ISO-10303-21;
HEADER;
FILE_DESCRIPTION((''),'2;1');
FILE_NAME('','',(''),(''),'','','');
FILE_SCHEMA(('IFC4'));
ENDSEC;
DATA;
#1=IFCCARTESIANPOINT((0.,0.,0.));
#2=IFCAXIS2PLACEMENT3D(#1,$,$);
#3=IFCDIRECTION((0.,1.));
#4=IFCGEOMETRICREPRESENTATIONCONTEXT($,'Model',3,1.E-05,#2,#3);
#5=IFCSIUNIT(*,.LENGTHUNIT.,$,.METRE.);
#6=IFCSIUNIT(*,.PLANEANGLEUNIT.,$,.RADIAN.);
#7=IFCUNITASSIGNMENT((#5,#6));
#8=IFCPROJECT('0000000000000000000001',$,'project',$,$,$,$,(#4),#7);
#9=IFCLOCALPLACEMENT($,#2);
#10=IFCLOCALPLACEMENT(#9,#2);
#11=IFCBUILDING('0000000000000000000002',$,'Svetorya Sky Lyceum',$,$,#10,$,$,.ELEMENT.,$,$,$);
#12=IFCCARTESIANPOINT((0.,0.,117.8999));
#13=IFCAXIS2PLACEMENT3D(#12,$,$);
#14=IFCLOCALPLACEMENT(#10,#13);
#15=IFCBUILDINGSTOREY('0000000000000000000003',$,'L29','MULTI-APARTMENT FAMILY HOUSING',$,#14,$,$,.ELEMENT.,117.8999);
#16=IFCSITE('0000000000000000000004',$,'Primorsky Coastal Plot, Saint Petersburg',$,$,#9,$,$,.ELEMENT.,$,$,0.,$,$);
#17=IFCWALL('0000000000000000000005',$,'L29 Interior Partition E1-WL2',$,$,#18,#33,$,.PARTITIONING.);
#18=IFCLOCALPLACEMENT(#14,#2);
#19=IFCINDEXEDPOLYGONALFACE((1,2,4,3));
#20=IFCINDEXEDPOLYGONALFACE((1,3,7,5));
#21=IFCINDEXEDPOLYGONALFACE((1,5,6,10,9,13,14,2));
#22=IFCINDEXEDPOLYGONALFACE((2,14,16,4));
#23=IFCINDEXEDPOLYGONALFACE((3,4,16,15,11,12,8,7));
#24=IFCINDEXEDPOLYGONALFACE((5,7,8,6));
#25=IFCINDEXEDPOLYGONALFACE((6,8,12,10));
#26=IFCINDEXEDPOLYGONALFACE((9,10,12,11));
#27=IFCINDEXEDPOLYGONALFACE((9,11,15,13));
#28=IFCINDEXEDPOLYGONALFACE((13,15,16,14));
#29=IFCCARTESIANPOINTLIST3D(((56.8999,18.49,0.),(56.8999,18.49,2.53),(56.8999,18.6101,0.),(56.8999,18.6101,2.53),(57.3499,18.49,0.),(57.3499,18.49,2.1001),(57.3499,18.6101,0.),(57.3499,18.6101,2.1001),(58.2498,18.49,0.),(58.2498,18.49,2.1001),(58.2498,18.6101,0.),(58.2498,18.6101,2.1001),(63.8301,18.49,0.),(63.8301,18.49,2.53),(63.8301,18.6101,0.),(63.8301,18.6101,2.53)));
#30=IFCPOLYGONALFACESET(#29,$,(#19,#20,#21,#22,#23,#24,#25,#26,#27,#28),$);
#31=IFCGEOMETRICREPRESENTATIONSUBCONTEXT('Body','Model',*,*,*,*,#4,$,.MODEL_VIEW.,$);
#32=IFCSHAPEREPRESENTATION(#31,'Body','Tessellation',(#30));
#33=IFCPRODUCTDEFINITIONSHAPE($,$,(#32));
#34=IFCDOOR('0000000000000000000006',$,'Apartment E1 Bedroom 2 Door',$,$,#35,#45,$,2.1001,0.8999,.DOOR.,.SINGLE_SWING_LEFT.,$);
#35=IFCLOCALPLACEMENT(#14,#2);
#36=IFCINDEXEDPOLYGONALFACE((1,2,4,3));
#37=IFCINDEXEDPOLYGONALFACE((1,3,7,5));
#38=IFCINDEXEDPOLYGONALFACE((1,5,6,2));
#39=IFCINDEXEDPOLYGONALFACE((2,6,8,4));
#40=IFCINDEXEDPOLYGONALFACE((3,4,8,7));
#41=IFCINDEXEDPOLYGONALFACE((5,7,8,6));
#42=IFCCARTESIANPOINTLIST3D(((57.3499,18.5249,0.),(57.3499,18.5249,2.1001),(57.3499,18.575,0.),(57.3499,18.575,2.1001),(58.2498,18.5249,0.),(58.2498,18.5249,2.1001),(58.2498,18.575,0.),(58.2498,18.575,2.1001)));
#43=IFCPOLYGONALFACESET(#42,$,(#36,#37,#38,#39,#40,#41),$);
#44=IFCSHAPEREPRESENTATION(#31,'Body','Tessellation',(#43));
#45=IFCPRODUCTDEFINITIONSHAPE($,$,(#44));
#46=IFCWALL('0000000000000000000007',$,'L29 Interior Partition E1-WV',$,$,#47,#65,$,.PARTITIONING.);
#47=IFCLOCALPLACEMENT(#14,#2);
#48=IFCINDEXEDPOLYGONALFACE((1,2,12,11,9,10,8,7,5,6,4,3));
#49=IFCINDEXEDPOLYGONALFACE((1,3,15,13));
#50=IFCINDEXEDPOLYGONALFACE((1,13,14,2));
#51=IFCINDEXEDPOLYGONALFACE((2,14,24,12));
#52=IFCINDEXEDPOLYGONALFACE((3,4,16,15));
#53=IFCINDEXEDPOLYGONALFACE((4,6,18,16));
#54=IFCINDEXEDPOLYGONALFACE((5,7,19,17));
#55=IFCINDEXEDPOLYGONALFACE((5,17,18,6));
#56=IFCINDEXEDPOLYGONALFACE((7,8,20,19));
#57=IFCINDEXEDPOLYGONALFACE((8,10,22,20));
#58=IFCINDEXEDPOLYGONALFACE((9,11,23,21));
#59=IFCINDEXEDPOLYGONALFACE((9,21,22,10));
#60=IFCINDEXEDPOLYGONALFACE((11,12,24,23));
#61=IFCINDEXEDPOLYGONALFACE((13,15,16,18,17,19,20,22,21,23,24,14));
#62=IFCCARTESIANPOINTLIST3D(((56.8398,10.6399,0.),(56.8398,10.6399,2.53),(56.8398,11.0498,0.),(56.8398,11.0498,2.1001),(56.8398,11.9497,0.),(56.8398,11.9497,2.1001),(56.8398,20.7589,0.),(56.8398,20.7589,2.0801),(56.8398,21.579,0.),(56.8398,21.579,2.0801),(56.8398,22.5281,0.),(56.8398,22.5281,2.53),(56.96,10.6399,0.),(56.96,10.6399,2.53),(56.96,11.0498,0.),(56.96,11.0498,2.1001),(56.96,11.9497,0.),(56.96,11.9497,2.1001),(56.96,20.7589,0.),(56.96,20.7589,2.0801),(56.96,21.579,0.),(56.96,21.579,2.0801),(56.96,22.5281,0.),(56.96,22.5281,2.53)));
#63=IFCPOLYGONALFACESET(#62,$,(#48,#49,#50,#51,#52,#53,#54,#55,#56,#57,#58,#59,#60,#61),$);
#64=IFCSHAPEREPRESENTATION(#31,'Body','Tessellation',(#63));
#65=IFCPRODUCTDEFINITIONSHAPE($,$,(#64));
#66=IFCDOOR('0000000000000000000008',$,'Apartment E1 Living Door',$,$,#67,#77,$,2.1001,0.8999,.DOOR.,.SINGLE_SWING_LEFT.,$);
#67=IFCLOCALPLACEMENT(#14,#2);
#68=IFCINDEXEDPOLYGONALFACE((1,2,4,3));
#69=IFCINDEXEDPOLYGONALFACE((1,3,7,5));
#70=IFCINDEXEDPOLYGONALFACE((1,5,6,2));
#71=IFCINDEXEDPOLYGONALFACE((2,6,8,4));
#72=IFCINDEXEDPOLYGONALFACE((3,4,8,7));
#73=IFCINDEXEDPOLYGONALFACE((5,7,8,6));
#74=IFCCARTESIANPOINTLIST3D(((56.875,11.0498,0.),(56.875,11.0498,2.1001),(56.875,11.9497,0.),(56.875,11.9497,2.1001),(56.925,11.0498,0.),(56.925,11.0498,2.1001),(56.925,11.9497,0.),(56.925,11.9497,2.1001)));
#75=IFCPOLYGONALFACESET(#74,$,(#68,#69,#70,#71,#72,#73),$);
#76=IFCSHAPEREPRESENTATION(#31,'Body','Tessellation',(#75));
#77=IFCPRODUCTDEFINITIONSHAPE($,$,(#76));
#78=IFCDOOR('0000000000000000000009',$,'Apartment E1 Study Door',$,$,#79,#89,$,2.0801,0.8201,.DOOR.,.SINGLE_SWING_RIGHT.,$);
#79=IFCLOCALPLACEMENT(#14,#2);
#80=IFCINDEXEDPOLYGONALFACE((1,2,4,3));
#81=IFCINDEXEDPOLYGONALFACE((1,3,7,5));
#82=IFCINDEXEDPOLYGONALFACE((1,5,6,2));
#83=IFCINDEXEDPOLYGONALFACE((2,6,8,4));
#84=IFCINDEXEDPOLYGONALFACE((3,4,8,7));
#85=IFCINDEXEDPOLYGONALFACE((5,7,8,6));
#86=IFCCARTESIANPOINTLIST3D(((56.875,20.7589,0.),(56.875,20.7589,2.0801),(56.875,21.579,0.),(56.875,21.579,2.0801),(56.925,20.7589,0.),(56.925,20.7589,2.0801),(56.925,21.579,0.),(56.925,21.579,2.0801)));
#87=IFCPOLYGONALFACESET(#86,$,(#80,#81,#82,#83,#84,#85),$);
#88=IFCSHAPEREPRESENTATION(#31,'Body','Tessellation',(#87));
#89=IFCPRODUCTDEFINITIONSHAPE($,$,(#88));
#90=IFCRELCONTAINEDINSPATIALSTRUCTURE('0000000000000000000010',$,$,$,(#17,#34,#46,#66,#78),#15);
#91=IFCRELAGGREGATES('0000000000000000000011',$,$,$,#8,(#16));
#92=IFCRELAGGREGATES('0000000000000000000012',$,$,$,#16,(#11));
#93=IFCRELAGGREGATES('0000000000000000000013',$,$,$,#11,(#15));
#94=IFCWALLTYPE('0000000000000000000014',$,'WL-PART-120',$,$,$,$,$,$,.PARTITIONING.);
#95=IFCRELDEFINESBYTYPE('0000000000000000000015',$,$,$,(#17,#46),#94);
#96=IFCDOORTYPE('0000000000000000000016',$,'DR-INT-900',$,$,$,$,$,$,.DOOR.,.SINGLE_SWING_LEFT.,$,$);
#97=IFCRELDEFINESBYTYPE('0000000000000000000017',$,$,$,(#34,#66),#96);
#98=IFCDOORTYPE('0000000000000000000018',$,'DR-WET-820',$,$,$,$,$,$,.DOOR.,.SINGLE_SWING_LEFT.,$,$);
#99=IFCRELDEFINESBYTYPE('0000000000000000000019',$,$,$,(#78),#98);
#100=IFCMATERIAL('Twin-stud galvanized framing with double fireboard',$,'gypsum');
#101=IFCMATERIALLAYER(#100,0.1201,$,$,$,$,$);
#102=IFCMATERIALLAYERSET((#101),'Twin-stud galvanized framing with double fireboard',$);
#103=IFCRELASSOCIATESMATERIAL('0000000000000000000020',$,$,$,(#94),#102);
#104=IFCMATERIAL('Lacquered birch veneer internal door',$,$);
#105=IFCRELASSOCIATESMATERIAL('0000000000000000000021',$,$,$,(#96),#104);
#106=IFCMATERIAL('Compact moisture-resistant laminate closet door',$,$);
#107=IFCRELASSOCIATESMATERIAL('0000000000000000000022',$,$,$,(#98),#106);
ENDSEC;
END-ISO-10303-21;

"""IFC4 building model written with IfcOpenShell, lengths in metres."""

from ifc_helpers import new_model, si_unit, direction, frame, frame_2d, origin, place, context, subcontext, project, spatial, rectangle, extrude, material, layer, layer_set, type_object, element, fill, save


model = new_model("IFC4")

# Units and contexts
model_context = context("Model", 3, precision=1e-05, world=origin(), true_north=direction((0.0, 1.0)))
body_context = subcontext(model_context, "Body", "Model", "MODEL_VIEW")
ifc_project = project(units=[si_unit("LENGTHUNIT", "METRE"), si_unit("PLANEANGLEUNIT", "RADIAN")], contexts=[model_context])

# Site, building, storey
site_placement = place(None, origin())
site = spatial("IfcSite", under=ifc_project, at=site_placement, Name="Primorsky Coastal Plot, Saint Petersburg", CompositionType="ELEMENT", RefElevation=0.0)
building_placement = place(site_placement, origin())
building = spatial("IfcBuilding", under=site, at=building_placement, Name="Svetorya Sky Lyceum", CompositionType="ELEMENT")
storey_placement = place(building_placement, frame((0.0, 0.0, 117.8999)))
storey = spatial("IfcBuildingStorey", under=building, at=storey_placement, Name="L29", Description="MULTI-APARTMENT FAMILY HOUSING", CompositionType="ELEMENT", Elevation=117.8999)

# Wall, opening, door
ifc_material_1 = material(Name="Twin-stud galvanized framing with double fireboard", Category="gypsum")
ifc_layer_1 = layer(ifc_material_1, 0.1201)
ifc_layer_set_1 = layer_set([ifc_layer_1], Name="Twin-stud galvanized framing with double fireboard")
wall_type_1 = type_object("IfcWallType", Name="WL-PART-120", PredefinedType="PARTITIONING", material=ifc_layer_set_1)
ifc_material_2 = material(Name="Lacquered birch veneer internal door")
door_type_1 = type_object("IfcDoorType", Name="DR-INT-900", OperationType="SINGLE_SWING_LEFT", PredefinedType="DOOR", material=ifc_material_2)
wall_1_placement = place(storey_placement, frame((56.8999, 18.55, 0.0), z_axis=(0.0, 0.0, 1.0), x_axis=(1.0, 0.0, 0.0)))
wall_1 = element("IfcWall", 1, at=wall_1_placement, inside=storey, type_object=wall_type_1, Name="L29 Interior Partition E1-WL2", PredefinedType="PARTITIONING", context=body_context, shape_type="SweptSolid", body=[
    extrude(rectangle(XDim=6.9302, YDim=0.1201, at=frame_2d((3.4651, 0.0))), origin(), (0.0, 0.0, 1.0), 2.53),
])
opening_1_placement = place(wall_1_placement, frame((0.45, 0.0, 0.0)))
opening_1 = element("IfcOpeningElement", 2, at=opening_1_placement, cuts=wall_1, PredefinedType="OPENING", context=body_context, shape_type="SweptSolid", body=[
    extrude(rectangle(XDim=0.8999, YDim=2.1001, at=frame_2d((0.45, 1.05))), frame((0.0, 0.0701, 0.0), z_axis=(0.0, -1.0, 0.0), x_axis=(1.0, 0.0, 0.0)), (0.0, 0.0, 1.0), 0.1401),
])
door_1_placement = place(opening_1_placement, origin())
door_1 = element("IfcDoor", 3, at=door_1_placement, inside=storey, type_object=door_type_1, Name="Apartment E1 Bedroom 2 Door", OperationType="SINGLE_SWING_LEFT", OverallHeight=2.1001, OverallWidth=0.8999, PredefinedType="DOOR", context=body_context, shape_type="SweptSolid", body=[
    extrude(rectangle(XDim=0.8999, YDim=2.1001, at=frame_2d((0.45, 1.05))), frame((0.0, 0.0249, 0.0), z_axis=(0.0, -1.0, 0.0), x_axis=(1.0, 0.0, 0.0)), (0.0, 0.0, 1.0), 0.05),
])
fill(opening_1, door_1)

# Wall, openings, doors
wall_2_placement = place(storey_placement, frame((56.8999, 10.6399, 0.0), z_axis=(0.0, 0.0, 1.0), x_axis=(0.0, 1.0, 0.0)))
wall_2 = element("IfcWall", 4, at=wall_2_placement, inside=storey, type_object=wall_type_1, Name="L29 Interior Partition E1-WV", PredefinedType="PARTITIONING", context=body_context, shape_type="SweptSolid", body=[
    extrude(rectangle(XDim=11.8882, YDim=0.1201, at=frame_2d((5.9441, 0.0))), origin(), (0.0, 0.0, 1.0), 2.53),
])
opening_2_placement = place(wall_2_placement, frame((0.4099, 0.0, 0.0)))
opening_2 = element("IfcOpeningElement", 5, at=opening_2_placement, cuts=wall_2, PredefinedType="OPENING", context=body_context, shape_type="SweptSolid", body=[
    extrude(rectangle(XDim=0.8999, YDim=2.1001, at=frame_2d((0.45, 1.05))), frame((0.0, 0.0701, 0.0), z_axis=(0.0, -1.0, 0.0), x_axis=(1.0, 0.0, 0.0)), (0.0, 0.0, 1.0), 0.1401),
])
opening_3_placement = place(wall_2_placement, frame((10.1189, 0.0, 0.0)))
opening_3 = element("IfcOpeningElement", 6, at=opening_3_placement, cuts=wall_2, PredefinedType="OPENING", context=body_context, shape_type="SweptSolid", body=[
    extrude(rectangle(XDim=0.8201, YDim=2.0801, at=frame_2d((0.4102, 1.04))), frame((0.0, 0.0701, 0.0), z_axis=(0.0, -1.0, 0.0), x_axis=(1.0, 0.0, 0.0)), (0.0, 0.0, 1.0), 0.1401),
])
door_2_placement = place(opening_2_placement, origin())
door_2 = element("IfcDoor", 7, at=door_2_placement, inside=storey, type_object=door_type_1, Name="Apartment E1 Living Door", OperationType="SINGLE_SWING_LEFT", OverallHeight=2.1001, OverallWidth=0.8999, PredefinedType="DOOR", context=body_context, shape_type="SweptSolid", body=[
    extrude(rectangle(XDim=0.8999, YDim=2.1001, at=frame_2d((0.45, 1.05))), frame((0.0, 0.0249, 0.0), z_axis=(0.0, -1.0, 0.0), x_axis=(1.0, 0.0, 0.0)), (0.0, 0.0, 1.0), 0.05),
])
fill(opening_2, door_2)
ifc_material_3 = material(Name="Compact moisture-resistant laminate closet door")
door_type_2 = type_object("IfcDoorType", Name="DR-WET-820", OperationType="SINGLE_SWING_LEFT", PredefinedType="DOOR", material=ifc_material_3)
door_3_placement = place(opening_3_placement, origin())
door_3 = element("IfcDoor", 8, at=door_3_placement, inside=storey, type_object=door_type_2, Name="Apartment E1 Study Door", OperationType="SINGLE_SWING_RIGHT", OverallHeight=2.0801, OverallWidth=0.8201, PredefinedType="DOOR", context=body_context, shape_type="SweptSolid", body=[
    extrude(rectangle(XDim=0.8201, YDim=2.0801, at=frame_2d((0.4102, 1.04))), frame((0.0, 0.0249, 0.0), z_axis=(0.0, -1.0, 0.0), x_axis=(1.0, 0.0, 0.0)), (0.0, 0.0, 1.0), 0.05),
])
fill(opening_3, door_3)

save(model, "model.ifc")
